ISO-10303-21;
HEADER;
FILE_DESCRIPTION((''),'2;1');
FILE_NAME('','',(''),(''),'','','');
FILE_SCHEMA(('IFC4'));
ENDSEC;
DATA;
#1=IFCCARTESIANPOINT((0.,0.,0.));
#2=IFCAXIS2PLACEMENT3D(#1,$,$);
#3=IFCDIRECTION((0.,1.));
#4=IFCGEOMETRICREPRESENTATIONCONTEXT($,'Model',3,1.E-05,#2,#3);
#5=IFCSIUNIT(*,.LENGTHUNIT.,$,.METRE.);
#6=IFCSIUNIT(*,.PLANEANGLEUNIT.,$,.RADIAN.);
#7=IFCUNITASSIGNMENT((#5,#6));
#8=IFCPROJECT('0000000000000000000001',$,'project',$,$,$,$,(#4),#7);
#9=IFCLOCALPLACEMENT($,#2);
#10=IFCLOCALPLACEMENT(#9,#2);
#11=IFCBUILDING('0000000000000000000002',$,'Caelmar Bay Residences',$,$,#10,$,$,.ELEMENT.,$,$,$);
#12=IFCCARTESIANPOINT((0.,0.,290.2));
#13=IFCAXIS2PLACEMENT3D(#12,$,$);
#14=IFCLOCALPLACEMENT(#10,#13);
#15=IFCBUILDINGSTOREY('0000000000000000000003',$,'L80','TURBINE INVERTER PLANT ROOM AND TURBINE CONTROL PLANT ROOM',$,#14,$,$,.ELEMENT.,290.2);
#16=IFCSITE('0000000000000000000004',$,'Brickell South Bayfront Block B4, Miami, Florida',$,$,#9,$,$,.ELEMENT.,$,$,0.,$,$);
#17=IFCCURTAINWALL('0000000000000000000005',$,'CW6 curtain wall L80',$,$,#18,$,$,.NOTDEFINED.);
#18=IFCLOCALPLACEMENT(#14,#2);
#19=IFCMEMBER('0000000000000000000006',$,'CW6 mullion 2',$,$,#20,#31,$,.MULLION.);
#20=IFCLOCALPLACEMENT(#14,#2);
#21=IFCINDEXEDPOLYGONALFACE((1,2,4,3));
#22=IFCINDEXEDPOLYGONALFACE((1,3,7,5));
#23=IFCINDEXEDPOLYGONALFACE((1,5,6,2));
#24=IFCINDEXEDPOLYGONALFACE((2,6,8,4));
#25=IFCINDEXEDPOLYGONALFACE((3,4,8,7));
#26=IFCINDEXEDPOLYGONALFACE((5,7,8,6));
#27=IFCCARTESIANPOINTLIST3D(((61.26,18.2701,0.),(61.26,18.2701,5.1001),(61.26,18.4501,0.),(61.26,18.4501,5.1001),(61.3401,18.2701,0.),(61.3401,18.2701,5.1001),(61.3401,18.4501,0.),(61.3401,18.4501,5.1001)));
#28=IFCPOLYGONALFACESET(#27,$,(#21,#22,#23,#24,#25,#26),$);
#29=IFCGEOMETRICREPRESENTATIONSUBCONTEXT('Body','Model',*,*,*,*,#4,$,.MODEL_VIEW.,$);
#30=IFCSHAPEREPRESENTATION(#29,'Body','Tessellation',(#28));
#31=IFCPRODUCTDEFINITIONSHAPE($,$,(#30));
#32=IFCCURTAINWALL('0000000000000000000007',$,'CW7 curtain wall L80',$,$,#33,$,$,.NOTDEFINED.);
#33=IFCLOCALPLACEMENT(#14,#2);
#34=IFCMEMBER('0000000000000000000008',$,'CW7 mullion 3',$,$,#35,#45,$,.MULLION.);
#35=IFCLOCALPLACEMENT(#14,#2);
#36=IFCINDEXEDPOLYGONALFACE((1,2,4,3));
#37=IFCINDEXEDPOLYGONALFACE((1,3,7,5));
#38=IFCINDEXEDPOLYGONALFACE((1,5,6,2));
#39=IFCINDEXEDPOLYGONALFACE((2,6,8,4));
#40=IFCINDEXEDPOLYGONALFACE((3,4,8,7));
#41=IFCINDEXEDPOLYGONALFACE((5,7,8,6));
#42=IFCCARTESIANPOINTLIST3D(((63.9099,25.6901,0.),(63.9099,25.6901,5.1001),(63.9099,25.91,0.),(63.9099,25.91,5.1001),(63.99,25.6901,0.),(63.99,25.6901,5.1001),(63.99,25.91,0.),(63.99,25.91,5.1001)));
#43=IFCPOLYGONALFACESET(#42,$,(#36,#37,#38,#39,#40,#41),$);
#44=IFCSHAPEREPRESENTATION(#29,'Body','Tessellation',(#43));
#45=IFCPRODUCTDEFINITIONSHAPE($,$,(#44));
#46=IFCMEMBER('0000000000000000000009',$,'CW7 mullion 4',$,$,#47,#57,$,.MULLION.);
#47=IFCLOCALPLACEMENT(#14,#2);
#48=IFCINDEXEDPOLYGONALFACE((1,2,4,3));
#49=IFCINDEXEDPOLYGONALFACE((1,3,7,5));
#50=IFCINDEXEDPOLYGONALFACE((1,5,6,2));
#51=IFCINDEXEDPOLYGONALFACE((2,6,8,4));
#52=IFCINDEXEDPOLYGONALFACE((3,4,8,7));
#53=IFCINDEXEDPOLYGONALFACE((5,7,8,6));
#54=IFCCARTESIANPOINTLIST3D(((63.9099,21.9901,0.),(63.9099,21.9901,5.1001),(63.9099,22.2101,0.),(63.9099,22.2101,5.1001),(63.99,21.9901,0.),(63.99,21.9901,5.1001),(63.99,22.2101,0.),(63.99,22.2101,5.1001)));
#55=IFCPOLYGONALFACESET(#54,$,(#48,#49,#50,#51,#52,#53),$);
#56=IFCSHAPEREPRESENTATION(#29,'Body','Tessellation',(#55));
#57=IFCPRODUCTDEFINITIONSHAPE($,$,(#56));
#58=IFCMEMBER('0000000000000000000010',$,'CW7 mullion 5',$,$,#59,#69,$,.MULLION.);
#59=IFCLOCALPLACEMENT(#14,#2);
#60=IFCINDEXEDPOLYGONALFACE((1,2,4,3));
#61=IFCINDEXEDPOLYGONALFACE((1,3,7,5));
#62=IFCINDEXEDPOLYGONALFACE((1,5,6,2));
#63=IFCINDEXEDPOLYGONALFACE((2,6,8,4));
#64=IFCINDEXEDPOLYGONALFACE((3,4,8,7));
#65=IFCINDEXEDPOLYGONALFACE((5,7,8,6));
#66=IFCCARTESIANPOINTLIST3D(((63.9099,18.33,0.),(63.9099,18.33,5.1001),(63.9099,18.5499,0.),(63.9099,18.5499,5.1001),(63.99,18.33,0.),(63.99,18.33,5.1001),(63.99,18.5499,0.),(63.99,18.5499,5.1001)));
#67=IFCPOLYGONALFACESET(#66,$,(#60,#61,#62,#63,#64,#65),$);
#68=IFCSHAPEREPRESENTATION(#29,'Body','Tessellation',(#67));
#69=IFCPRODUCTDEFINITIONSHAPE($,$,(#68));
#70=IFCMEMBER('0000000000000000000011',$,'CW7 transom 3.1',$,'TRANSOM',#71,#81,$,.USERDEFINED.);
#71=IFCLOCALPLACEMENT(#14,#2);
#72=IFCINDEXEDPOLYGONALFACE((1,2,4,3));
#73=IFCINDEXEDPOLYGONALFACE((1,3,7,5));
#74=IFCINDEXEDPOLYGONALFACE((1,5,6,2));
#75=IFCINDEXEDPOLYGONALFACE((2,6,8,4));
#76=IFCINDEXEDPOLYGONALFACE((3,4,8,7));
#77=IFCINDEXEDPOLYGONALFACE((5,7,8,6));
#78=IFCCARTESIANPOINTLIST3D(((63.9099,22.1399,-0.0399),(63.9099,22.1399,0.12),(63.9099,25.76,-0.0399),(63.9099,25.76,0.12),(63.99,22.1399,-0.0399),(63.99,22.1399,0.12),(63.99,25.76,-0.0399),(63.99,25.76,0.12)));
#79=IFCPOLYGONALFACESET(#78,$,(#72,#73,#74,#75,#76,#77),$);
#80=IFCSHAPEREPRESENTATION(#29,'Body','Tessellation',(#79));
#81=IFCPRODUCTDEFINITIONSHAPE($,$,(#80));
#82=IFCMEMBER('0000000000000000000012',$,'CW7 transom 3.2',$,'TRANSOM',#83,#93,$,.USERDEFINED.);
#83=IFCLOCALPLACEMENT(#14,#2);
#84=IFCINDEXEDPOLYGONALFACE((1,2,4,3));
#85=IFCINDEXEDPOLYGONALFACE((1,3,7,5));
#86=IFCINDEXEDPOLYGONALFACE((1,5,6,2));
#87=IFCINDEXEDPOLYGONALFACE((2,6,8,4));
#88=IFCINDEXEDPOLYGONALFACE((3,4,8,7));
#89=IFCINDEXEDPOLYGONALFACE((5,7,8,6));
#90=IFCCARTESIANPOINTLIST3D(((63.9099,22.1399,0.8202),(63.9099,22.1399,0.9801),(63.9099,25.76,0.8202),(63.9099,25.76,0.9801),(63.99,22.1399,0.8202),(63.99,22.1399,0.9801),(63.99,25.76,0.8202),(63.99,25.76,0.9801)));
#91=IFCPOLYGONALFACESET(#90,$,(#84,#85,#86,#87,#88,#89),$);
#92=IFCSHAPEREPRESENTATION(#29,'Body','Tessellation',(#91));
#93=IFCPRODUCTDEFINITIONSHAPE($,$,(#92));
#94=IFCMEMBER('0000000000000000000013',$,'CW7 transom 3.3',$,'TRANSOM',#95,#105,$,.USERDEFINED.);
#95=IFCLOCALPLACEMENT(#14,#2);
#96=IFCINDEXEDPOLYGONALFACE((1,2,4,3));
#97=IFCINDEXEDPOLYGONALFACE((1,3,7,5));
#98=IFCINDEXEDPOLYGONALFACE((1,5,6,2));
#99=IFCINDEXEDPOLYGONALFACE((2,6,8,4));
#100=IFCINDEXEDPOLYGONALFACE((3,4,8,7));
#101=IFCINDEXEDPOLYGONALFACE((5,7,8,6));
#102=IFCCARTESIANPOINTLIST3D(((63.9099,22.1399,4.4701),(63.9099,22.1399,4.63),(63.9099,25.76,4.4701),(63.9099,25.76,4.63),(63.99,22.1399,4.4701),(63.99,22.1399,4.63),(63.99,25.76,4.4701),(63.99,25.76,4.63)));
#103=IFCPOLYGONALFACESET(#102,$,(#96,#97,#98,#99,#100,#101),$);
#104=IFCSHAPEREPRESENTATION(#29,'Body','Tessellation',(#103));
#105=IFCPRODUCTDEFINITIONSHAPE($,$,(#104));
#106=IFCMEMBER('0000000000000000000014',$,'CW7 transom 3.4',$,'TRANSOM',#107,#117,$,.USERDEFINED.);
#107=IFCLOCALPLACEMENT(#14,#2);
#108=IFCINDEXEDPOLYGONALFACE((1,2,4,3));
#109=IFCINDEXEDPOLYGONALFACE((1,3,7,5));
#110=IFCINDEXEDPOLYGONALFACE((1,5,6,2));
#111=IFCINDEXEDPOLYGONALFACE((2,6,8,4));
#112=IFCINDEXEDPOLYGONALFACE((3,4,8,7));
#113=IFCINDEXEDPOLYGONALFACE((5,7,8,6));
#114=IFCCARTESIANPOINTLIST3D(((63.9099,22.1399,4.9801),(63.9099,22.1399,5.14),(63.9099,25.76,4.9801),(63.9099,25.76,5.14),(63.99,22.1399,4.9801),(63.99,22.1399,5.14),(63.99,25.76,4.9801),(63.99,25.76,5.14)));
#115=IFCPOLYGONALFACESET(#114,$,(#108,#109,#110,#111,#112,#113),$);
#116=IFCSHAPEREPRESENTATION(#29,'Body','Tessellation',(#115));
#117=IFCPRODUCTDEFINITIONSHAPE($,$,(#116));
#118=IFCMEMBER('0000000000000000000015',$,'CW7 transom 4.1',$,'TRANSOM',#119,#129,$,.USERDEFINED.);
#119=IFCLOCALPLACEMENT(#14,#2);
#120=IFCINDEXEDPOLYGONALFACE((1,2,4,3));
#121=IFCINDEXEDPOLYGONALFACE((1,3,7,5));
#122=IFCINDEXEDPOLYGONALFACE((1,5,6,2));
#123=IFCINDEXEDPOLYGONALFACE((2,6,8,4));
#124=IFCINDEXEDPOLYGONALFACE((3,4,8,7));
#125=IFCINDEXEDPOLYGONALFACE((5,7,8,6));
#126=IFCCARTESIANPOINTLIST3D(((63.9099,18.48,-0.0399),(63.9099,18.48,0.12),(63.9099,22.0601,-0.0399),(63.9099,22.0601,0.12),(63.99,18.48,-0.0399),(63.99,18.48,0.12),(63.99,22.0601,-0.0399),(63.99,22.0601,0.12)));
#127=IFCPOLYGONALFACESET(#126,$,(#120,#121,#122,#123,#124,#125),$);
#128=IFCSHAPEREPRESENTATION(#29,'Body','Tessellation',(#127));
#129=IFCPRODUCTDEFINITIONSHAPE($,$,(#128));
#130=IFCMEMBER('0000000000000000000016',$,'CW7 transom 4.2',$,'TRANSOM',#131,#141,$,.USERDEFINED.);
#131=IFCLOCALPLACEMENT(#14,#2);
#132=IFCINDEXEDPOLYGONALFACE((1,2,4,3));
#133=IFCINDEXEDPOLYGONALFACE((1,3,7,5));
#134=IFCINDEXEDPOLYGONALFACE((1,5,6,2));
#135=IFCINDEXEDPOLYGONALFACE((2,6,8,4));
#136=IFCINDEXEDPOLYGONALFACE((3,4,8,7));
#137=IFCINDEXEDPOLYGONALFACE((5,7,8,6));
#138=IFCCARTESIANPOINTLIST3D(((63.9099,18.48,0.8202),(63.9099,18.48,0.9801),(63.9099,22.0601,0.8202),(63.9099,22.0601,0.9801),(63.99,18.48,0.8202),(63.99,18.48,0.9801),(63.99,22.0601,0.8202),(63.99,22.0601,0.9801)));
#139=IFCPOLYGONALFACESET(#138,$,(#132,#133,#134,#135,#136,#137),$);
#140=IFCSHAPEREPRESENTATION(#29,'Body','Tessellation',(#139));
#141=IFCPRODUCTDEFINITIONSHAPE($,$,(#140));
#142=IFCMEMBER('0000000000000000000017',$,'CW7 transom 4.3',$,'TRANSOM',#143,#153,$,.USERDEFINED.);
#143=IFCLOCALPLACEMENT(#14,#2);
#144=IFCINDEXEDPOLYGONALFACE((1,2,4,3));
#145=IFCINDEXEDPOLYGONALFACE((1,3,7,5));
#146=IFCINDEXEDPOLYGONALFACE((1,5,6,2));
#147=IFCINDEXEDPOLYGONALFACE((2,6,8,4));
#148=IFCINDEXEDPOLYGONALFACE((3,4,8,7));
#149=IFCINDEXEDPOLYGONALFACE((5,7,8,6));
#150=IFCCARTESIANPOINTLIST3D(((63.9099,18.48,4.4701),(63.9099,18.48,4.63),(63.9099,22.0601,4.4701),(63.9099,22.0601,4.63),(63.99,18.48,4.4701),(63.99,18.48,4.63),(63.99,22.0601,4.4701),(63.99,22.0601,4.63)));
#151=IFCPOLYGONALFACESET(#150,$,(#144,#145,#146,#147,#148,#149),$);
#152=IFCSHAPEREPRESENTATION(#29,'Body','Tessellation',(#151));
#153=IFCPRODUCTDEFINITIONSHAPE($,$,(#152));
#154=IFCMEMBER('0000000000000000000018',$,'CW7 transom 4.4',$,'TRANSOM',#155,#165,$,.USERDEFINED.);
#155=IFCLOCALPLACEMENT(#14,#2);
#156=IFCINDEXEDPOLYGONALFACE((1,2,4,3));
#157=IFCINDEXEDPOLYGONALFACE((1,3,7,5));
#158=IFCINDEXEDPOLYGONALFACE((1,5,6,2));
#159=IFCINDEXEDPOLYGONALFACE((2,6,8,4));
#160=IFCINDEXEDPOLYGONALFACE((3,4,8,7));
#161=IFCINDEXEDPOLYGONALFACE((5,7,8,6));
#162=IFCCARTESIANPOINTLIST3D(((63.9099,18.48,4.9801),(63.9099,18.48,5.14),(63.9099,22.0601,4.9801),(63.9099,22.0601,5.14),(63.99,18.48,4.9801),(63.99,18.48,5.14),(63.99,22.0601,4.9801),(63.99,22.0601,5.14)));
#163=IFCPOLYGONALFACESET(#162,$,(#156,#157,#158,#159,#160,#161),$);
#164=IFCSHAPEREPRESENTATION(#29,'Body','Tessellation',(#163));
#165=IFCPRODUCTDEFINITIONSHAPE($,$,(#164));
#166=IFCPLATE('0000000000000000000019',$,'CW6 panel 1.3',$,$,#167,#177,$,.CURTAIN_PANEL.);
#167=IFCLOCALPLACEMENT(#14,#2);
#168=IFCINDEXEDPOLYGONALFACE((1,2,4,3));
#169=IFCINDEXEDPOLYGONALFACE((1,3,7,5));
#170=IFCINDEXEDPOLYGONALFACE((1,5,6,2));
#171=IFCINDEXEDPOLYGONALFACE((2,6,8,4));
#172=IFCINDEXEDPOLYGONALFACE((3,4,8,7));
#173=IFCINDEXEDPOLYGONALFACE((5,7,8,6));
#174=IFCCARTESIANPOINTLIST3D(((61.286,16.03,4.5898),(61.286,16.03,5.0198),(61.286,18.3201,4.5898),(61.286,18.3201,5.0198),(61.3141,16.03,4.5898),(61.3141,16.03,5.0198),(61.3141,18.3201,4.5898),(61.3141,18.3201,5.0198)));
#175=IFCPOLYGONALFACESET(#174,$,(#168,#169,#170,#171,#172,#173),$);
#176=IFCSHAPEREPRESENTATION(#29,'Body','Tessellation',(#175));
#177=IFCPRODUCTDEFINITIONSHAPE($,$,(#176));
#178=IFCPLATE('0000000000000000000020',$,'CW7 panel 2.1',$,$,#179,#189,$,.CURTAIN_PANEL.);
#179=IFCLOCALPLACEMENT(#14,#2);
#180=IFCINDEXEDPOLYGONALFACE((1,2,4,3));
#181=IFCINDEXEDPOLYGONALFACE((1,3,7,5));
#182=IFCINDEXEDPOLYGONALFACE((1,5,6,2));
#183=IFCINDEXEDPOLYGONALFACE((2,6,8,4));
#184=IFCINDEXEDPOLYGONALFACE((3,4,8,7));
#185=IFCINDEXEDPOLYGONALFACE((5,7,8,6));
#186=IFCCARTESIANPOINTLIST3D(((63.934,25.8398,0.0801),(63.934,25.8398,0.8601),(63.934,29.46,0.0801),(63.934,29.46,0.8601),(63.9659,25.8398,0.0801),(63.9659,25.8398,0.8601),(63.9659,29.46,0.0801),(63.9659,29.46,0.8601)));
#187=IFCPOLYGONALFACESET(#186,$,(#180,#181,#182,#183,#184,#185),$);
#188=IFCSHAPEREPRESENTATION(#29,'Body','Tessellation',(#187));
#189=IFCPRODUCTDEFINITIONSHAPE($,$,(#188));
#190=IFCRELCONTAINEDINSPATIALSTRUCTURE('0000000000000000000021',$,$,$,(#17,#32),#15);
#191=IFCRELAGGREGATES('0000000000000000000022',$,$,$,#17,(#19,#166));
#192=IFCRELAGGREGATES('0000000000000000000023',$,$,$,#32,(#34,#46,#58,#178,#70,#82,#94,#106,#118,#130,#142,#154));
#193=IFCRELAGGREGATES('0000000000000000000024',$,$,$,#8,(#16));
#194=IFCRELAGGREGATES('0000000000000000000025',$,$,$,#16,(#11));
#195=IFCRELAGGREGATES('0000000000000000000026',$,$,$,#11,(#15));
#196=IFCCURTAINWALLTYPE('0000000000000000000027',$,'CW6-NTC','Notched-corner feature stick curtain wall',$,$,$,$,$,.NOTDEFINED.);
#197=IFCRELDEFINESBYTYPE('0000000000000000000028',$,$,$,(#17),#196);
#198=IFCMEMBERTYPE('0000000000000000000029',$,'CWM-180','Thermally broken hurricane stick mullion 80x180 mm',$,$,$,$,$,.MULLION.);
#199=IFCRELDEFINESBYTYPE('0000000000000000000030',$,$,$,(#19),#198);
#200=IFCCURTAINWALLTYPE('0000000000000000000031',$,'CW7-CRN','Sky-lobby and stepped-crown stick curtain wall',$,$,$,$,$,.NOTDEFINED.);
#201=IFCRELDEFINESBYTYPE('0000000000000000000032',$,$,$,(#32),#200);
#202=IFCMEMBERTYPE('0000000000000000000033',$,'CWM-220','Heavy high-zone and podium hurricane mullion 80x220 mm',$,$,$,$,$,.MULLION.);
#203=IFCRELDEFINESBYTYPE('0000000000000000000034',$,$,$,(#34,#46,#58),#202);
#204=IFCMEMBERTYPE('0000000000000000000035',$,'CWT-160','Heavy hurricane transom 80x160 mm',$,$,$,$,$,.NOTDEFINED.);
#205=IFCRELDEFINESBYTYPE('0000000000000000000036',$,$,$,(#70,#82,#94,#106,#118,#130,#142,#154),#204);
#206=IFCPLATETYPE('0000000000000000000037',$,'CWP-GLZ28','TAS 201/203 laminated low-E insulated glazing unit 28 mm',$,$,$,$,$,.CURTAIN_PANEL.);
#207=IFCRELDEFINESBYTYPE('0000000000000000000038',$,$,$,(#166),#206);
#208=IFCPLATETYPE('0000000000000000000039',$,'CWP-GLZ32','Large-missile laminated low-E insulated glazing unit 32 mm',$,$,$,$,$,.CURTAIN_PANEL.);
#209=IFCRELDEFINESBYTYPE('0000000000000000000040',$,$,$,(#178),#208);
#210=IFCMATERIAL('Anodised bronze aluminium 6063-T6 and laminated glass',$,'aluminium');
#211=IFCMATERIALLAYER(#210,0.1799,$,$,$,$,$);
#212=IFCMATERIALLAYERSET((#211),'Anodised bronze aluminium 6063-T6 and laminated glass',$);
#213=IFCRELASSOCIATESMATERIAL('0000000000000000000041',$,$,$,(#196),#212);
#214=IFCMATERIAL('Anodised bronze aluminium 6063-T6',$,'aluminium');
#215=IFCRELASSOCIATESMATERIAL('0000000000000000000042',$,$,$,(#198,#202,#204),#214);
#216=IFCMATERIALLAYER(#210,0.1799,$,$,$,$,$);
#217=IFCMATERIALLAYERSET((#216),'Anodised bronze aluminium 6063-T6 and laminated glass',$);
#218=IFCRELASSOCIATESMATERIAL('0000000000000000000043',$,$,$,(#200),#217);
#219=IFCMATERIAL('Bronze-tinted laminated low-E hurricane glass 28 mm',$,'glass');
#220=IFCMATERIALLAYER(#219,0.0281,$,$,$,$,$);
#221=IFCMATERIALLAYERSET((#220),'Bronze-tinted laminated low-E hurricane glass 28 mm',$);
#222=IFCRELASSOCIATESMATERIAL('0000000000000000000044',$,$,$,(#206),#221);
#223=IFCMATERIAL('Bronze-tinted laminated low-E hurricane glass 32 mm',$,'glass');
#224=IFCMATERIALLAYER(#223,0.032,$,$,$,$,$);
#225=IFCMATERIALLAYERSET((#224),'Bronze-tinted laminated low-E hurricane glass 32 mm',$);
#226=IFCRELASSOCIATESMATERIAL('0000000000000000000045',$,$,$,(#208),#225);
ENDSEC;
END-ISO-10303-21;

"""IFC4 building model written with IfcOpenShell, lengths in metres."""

from ifc_helpers import new_model, si_unit, direction, frame, origin, origin_2d, place, context, subcontext, project, spatial, rectangle, extrude, material, layer, layer_set, material_profile, profile_set, type_object, element, aggregate, save


model = new_model("IFC4")

# Units and contexts
model_context = context("Model", 3, precision=1e-05, world=origin(), true_north=direction((0.0, 1.0)))
body_context = subcontext(model_context, "Body", "Model", "MODEL_VIEW")
ifc_project = project(units=[si_unit("LENGTHUNIT", "METRE"), si_unit("PLANEANGLEUNIT", "RADIAN")], contexts=[model_context])

# Site, building, storey
site_placement = place(None, origin())
site = spatial("IfcSite", under=ifc_project, at=site_placement, Name="Brickell South Bayfront Block B4, Miami, Florida", CompositionType="ELEMENT", RefElevation=0.0)
building_placement = place(site_placement, origin())
building = spatial("IfcBuilding", under=site, at=building_placement, Name="Caelmar Bay Residences", CompositionType="ELEMENT")
storey_placement = place(building_placement, frame((0.0, 0.0, 290.2)))
storey = spatial("IfcBuildingStorey", under=building, at=storey_placement, Name="L80", Description="TURBINE INVERTER PLANT ROOM AND TURBINE CONTROL PLANT ROOM", CompositionType="ELEMENT", Elevation=290.2)

# Curtain wall, member
ifc_material_1 = material(Name="Anodised bronze aluminium 6063-T6 and laminated glass", Category="aluminium")
ifc_layer_1 = layer(ifc_material_1, 0.1799)
ifc_layer_set_1 = layer_set([ifc_layer_1], Name="Anodised bronze aluminium 6063-T6 and laminated glass")
curtain_wall_type_1 = type_object("IfcCurtainWallType", Name="CW6-NTC", Description="Notched-corner feature stick curtain wall", PredefinedType="NOTDEFINED", material=ifc_layer_set_1)
curtain_wall_1_placement = place(storey_placement, origin())
curtain_wall_1 = element("IfcCurtainWall", 1, at=curtain_wall_1_placement, inside=storey, type_object=curtain_wall_type_1, Name="CW6 curtain wall L80", PredefinedType="NOTDEFINED")
ifc_material_2 = material(Name="Anodised bronze aluminium 6063-T6", Category="aluminium")
ifc_material_profile_1 = material_profile(ifc_material_2, rectangle(XDim=0.0801, YDim=0.1799, at=origin_2d()), Name="CWM-80X180")
ifc_profile_set_1 = profile_set([ifc_material_profile_1], Name="Anodised bronze aluminium 6063-T6")
member_type_1 = type_object("IfcMemberType", Name="CWM-180", Description="Thermally broken hurricane stick mullion 80x180 mm", PredefinedType="MULLION", material=ifc_profile_set_1)
member_1_placement = place(storey_placement, frame((61.3, 18.3601, 0.0), z_axis=(0.0, 0.0, 1.0), x_axis=(-1.0, 0.0, 0.0)))
member_1 = element("IfcMember", 2, at=member_1_placement, type_object=member_type_1, Name="CW6 mullion 2", PredefinedType="MULLION", context=body_context, shape_type="SweptSolid", body=[
    extrude(rectangle(XDim=0.0801, YDim=0.1799, at=origin_2d()), origin(), (0.0, 0.0, 1.0), 5.1001),
])

# Curtain wall, members
ifc_layer_2 = layer(ifc_material_1, 0.1799)
ifc_layer_set_2 = layer_set([ifc_layer_2], Name="Anodised bronze aluminium 6063-T6 and laminated glass")
curtain_wall_type_2 = type_object("IfcCurtainWallType", Name="CW7-CRN", Description="Sky-lobby and stepped-crown stick curtain wall", PredefinedType="NOTDEFINED", material=ifc_layer_set_2)
curtain_wall_2_placement = place(storey_placement, origin())
curtain_wall_2 = element("IfcCurtainWall", 3, at=curtain_wall_2_placement, inside=storey, type_object=curtain_wall_type_2, Name="CW7 curtain wall L80", PredefinedType="NOTDEFINED")
ifc_material_profile_2 = material_profile(ifc_material_2, rectangle(XDim=0.0801, YDim=0.22, at=origin_2d()), Name="CWM-80X220")
ifc_profile_set_2 = profile_set([ifc_material_profile_2], Name="Anodised bronze aluminium 6063-T6")
member_type_2 = type_object("IfcMemberType", Name="CWM-220", Description="Heavy high-zone and podium hurricane mullion 80x220 mm", PredefinedType="MULLION", material=ifc_profile_set_2)
member_2_placement = place(storey_placement, frame((63.95, 25.8, 0.0), z_axis=(0.0, 0.0, 1.0), x_axis=(1.0, 0.0, 0.0)))
member_2 = element("IfcMember", 4, at=member_2_placement, type_object=member_type_2, Name="CW7 mullion 3", PredefinedType="MULLION", context=body_context, shape_type="SweptSolid", body=[
    extrude(rectangle(XDim=0.0801, YDim=0.22, at=origin_2d()), origin(), (0.0, 0.0, 1.0), 5.1001),
])
member_3_placement = place(storey_placement, frame((63.95, 22.1001, 0.0), z_axis=(0.0, 0.0, 1.0), x_axis=(1.0, 0.0, 0.0)))
member_3 = element("IfcMember", 5, at=member_3_placement, type_object=member_type_2, Name="CW7 mullion 4", PredefinedType="MULLION", context=body_context, shape_type="SweptSolid", body=[
    extrude(rectangle(XDim=0.0801, YDim=0.22, at=origin_2d()), origin(), (0.0, 0.0, 1.0), 5.1001),
])
member_4_placement = place(storey_placement, frame((63.95, 18.4399, 0.0), z_axis=(0.0, 0.0, 1.0), x_axis=(1.0, 0.0, 0.0)))
member_4 = element("IfcMember", 6, at=member_4_placement, type_object=member_type_2, Name="CW7 mullion 5", PredefinedType="MULLION", context=body_context, shape_type="SweptSolid", body=[
    extrude(rectangle(XDim=0.0801, YDim=0.22, at=origin_2d()), origin(), (0.0, 0.0, 1.0), 5.1001),
])
ifc_material_profile_3 = material_profile(ifc_material_2, rectangle(XDim=0.0801, YDim=0.1599, at=origin_2d()), Name="CWT-80X160")
ifc_profile_set_3 = profile_set([ifc_material_profile_3], Name="Anodised bronze aluminium 6063-T6")
member_type_3 = type_object("IfcMemberType", Name="CWT-160", Description="Heavy hurricane transom 80x160 mm", PredefinedType="NOTDEFINED", material=ifc_profile_set_3)
member_5_placement = place(storey_placement, frame((63.95, 25.76, 0.04), z_axis=(0.0, -1.0, 0.0), x_axis=(1.0, 0.0, 0.0)))
member_5 = element("IfcMember", 7, at=member_5_placement, type_object=member_type_3, Name="CW7 transom 3.1", ObjectType="TRANSOM", PredefinedType="USERDEFINED", context=body_context, shape_type="SweptSolid", body=[
    extrude(rectangle(XDim=0.0801, YDim=0.1599, at=origin_2d()), origin(), (0.0, 0.0, 1.0), 3.6201),
])
member_6_placement = place(storey_placement, frame((63.95, 25.76, 0.9001), z_axis=(0.0, -1.0, 0.0), x_axis=(1.0, 0.0, 0.0)))
member_6 = element("IfcMember", 8, at=member_6_placement, type_object=member_type_3, Name="CW7 transom 3.2", ObjectType="TRANSOM", PredefinedType="USERDEFINED", context=body_context, shape_type="SweptSolid", body=[
    extrude(rectangle(XDim=0.0801, YDim=0.1599, at=origin_2d()), origin(), (0.0, 0.0, 1.0), 3.6201),
])
member_7_placement = place(storey_placement, frame((63.95, 25.76, 4.55), z_axis=(0.0, -1.0, 0.0), x_axis=(1.0, 0.0, 0.0)))
member_7 = element("IfcMember", 9, at=member_7_placement, type_object=member_type_3, Name="CW7 transom 3.3", ObjectType="TRANSOM", PredefinedType="USERDEFINED", context=body_context, shape_type="SweptSolid", body=[
    extrude(rectangle(XDim=0.0801, YDim=0.1599, at=origin_2d()), origin(), (0.0, 0.0, 1.0), 3.6201),
])
member_8_placement = place(storey_placement, frame((63.95, 25.76, 5.0601), z_axis=(0.0, -1.0, 0.0), x_axis=(1.0, 0.0, 0.0)))
member_8 = element("IfcMember", 10, at=member_8_placement, type_object=member_type_3, Name="CW7 transom 3.4", ObjectType="TRANSOM", PredefinedType="USERDEFINED", context=body_context, shape_type="SweptSolid", body=[
    extrude(rectangle(XDim=0.0801, YDim=0.1599, at=origin_2d()), origin(), (0.0, 0.0, 1.0), 3.6201),
])
member_9_placement = place(storey_placement, frame((63.95, 22.0601, 0.04), z_axis=(0.0, -1.0, 0.0), x_axis=(1.0, 0.0, 0.0)))
member_9 = element("IfcMember", 11, at=member_9_placement, type_object=member_type_3, Name="CW7 transom 4.1", ObjectType="TRANSOM", PredefinedType="USERDEFINED", context=body_context, shape_type="SweptSolid", body=[
    extrude(rectangle(XDim=0.0801, YDim=0.1599, at=origin_2d()), origin(), (0.0, 0.0, 1.0), 3.5801),
])
member_10_placement = place(storey_placement, frame((63.95, 22.0601, 0.9001), z_axis=(0.0, -1.0, 0.0), x_axis=(1.0, 0.0, 0.0)))
member_10 = element("IfcMember", 12, at=member_10_placement, type_object=member_type_3, Name="CW7 transom 4.2", ObjectType="TRANSOM", PredefinedType="USERDEFINED", context=body_context, shape_type="SweptSolid", body=[
    extrude(rectangle(XDim=0.0801, YDim=0.1599, at=origin_2d()), origin(), (0.0, 0.0, 1.0), 3.5801),
])
member_11_placement = place(storey_placement, frame((63.95, 22.0601, 4.55), z_axis=(0.0, -1.0, 0.0), x_axis=(1.0, 0.0, 0.0)))
member_11 = element("IfcMember", 13, at=member_11_placement, type_object=member_type_3, Name="CW7 transom 4.3", ObjectType="TRANSOM", PredefinedType="USERDEFINED", context=body_context, shape_type="SweptSolid", body=[
    extrude(rectangle(XDim=0.0801, YDim=0.1599, at=origin_2d()), origin(), (0.0, 0.0, 1.0), 3.5801),
])
member_12_placement = place(storey_placement, frame((63.95, 22.0601, 5.0601), z_axis=(0.0, -1.0, 0.0), x_axis=(1.0, 0.0, 0.0)))
member_12 = element("IfcMember", 14, at=member_12_placement, type_object=member_type_3, Name="CW7 transom 4.4", ObjectType="TRANSOM", PredefinedType="USERDEFINED", context=body_context, shape_type="SweptSolid", body=[
    extrude(rectangle(XDim=0.0801, YDim=0.1599, at=origin_2d()), origin(), (0.0, 0.0, 1.0), 3.5801),
])

# Plates
ifc_material_3 = material(Name="Bronze-tinted laminated low-E hurricane glass 28 mm", Category="glass")
ifc_layer_3 = layer(ifc_material_3, 0.0281)
ifc_layer_set_3 = layer_set([ifc_layer_3], Name="Bronze-tinted laminated low-E hurricane glass 28 mm")
plate_type_1 = type_object("IfcPlateType", Name="CWP-GLZ28", Description="TAS 201/203 laminated low-E insulated glazing unit 28 mm", PredefinedType="CURTAIN_PANEL", material=ifc_layer_set_3)
plate_1_placement = place(storey_placement, frame((61.3, 17.175, 4.5898), z_axis=(0.0, 0.0, 1.0), x_axis=(0.0, 1.0, 0.0)))
plate_1 = element("IfcPlate", 15, at=plate_1_placement, type_object=plate_type_1, Name="CW6 panel 1.3", PredefinedType="CURTAIN_PANEL", context=body_context, shape_type="SweptSolid", body=[
    extrude(rectangle(XDim=2.29, YDim=0.0281, at=origin_2d()), origin(), (0.0, 0.0, 1.0), 0.4299),
])
aggregate(curtain_wall_1, [member_1, plate_1])
ifc_material_4 = material(Name="Bronze-tinted laminated low-E hurricane glass 32 mm", Category="glass")
ifc_layer_4 = layer(ifc_material_4, 0.032)
ifc_layer_set_4 = layer_set([ifc_layer_4], Name="Bronze-tinted laminated low-E hurricane glass 32 mm")
plate_type_2 = type_object("IfcPlateType", Name="CWP-GLZ32", Description="Large-missile laminated low-E insulated glazing unit 32 mm", PredefinedType="CURTAIN_PANEL", material=ifc_layer_set_4)
plate_2_placement = place(storey_placement, frame((63.95, 27.6499, 0.0801), z_axis=(0.0, 0.0, 1.0), x_axis=(0.0, -1.0, 0.0)))
plate_2 = element("IfcPlate", 16, at=plate_2_placement, type_object=plate_type_2, Name="CW7 panel 2.1", PredefinedType="CURTAIN_PANEL", context=body_context, shape_type="SweptSolid", body=[
    extrude(rectangle(XDim=3.6201, YDim=0.032, at=origin_2d()), origin(), (0.0, 0.0, 1.0), 0.78),
])
aggregate(curtain_wall_2, [member_2, member_3, member_4, plate_2, member_5, member_6, member_7, member_8, member_9, member_10, member_11, member_12])

save(model, "model.ifc")
